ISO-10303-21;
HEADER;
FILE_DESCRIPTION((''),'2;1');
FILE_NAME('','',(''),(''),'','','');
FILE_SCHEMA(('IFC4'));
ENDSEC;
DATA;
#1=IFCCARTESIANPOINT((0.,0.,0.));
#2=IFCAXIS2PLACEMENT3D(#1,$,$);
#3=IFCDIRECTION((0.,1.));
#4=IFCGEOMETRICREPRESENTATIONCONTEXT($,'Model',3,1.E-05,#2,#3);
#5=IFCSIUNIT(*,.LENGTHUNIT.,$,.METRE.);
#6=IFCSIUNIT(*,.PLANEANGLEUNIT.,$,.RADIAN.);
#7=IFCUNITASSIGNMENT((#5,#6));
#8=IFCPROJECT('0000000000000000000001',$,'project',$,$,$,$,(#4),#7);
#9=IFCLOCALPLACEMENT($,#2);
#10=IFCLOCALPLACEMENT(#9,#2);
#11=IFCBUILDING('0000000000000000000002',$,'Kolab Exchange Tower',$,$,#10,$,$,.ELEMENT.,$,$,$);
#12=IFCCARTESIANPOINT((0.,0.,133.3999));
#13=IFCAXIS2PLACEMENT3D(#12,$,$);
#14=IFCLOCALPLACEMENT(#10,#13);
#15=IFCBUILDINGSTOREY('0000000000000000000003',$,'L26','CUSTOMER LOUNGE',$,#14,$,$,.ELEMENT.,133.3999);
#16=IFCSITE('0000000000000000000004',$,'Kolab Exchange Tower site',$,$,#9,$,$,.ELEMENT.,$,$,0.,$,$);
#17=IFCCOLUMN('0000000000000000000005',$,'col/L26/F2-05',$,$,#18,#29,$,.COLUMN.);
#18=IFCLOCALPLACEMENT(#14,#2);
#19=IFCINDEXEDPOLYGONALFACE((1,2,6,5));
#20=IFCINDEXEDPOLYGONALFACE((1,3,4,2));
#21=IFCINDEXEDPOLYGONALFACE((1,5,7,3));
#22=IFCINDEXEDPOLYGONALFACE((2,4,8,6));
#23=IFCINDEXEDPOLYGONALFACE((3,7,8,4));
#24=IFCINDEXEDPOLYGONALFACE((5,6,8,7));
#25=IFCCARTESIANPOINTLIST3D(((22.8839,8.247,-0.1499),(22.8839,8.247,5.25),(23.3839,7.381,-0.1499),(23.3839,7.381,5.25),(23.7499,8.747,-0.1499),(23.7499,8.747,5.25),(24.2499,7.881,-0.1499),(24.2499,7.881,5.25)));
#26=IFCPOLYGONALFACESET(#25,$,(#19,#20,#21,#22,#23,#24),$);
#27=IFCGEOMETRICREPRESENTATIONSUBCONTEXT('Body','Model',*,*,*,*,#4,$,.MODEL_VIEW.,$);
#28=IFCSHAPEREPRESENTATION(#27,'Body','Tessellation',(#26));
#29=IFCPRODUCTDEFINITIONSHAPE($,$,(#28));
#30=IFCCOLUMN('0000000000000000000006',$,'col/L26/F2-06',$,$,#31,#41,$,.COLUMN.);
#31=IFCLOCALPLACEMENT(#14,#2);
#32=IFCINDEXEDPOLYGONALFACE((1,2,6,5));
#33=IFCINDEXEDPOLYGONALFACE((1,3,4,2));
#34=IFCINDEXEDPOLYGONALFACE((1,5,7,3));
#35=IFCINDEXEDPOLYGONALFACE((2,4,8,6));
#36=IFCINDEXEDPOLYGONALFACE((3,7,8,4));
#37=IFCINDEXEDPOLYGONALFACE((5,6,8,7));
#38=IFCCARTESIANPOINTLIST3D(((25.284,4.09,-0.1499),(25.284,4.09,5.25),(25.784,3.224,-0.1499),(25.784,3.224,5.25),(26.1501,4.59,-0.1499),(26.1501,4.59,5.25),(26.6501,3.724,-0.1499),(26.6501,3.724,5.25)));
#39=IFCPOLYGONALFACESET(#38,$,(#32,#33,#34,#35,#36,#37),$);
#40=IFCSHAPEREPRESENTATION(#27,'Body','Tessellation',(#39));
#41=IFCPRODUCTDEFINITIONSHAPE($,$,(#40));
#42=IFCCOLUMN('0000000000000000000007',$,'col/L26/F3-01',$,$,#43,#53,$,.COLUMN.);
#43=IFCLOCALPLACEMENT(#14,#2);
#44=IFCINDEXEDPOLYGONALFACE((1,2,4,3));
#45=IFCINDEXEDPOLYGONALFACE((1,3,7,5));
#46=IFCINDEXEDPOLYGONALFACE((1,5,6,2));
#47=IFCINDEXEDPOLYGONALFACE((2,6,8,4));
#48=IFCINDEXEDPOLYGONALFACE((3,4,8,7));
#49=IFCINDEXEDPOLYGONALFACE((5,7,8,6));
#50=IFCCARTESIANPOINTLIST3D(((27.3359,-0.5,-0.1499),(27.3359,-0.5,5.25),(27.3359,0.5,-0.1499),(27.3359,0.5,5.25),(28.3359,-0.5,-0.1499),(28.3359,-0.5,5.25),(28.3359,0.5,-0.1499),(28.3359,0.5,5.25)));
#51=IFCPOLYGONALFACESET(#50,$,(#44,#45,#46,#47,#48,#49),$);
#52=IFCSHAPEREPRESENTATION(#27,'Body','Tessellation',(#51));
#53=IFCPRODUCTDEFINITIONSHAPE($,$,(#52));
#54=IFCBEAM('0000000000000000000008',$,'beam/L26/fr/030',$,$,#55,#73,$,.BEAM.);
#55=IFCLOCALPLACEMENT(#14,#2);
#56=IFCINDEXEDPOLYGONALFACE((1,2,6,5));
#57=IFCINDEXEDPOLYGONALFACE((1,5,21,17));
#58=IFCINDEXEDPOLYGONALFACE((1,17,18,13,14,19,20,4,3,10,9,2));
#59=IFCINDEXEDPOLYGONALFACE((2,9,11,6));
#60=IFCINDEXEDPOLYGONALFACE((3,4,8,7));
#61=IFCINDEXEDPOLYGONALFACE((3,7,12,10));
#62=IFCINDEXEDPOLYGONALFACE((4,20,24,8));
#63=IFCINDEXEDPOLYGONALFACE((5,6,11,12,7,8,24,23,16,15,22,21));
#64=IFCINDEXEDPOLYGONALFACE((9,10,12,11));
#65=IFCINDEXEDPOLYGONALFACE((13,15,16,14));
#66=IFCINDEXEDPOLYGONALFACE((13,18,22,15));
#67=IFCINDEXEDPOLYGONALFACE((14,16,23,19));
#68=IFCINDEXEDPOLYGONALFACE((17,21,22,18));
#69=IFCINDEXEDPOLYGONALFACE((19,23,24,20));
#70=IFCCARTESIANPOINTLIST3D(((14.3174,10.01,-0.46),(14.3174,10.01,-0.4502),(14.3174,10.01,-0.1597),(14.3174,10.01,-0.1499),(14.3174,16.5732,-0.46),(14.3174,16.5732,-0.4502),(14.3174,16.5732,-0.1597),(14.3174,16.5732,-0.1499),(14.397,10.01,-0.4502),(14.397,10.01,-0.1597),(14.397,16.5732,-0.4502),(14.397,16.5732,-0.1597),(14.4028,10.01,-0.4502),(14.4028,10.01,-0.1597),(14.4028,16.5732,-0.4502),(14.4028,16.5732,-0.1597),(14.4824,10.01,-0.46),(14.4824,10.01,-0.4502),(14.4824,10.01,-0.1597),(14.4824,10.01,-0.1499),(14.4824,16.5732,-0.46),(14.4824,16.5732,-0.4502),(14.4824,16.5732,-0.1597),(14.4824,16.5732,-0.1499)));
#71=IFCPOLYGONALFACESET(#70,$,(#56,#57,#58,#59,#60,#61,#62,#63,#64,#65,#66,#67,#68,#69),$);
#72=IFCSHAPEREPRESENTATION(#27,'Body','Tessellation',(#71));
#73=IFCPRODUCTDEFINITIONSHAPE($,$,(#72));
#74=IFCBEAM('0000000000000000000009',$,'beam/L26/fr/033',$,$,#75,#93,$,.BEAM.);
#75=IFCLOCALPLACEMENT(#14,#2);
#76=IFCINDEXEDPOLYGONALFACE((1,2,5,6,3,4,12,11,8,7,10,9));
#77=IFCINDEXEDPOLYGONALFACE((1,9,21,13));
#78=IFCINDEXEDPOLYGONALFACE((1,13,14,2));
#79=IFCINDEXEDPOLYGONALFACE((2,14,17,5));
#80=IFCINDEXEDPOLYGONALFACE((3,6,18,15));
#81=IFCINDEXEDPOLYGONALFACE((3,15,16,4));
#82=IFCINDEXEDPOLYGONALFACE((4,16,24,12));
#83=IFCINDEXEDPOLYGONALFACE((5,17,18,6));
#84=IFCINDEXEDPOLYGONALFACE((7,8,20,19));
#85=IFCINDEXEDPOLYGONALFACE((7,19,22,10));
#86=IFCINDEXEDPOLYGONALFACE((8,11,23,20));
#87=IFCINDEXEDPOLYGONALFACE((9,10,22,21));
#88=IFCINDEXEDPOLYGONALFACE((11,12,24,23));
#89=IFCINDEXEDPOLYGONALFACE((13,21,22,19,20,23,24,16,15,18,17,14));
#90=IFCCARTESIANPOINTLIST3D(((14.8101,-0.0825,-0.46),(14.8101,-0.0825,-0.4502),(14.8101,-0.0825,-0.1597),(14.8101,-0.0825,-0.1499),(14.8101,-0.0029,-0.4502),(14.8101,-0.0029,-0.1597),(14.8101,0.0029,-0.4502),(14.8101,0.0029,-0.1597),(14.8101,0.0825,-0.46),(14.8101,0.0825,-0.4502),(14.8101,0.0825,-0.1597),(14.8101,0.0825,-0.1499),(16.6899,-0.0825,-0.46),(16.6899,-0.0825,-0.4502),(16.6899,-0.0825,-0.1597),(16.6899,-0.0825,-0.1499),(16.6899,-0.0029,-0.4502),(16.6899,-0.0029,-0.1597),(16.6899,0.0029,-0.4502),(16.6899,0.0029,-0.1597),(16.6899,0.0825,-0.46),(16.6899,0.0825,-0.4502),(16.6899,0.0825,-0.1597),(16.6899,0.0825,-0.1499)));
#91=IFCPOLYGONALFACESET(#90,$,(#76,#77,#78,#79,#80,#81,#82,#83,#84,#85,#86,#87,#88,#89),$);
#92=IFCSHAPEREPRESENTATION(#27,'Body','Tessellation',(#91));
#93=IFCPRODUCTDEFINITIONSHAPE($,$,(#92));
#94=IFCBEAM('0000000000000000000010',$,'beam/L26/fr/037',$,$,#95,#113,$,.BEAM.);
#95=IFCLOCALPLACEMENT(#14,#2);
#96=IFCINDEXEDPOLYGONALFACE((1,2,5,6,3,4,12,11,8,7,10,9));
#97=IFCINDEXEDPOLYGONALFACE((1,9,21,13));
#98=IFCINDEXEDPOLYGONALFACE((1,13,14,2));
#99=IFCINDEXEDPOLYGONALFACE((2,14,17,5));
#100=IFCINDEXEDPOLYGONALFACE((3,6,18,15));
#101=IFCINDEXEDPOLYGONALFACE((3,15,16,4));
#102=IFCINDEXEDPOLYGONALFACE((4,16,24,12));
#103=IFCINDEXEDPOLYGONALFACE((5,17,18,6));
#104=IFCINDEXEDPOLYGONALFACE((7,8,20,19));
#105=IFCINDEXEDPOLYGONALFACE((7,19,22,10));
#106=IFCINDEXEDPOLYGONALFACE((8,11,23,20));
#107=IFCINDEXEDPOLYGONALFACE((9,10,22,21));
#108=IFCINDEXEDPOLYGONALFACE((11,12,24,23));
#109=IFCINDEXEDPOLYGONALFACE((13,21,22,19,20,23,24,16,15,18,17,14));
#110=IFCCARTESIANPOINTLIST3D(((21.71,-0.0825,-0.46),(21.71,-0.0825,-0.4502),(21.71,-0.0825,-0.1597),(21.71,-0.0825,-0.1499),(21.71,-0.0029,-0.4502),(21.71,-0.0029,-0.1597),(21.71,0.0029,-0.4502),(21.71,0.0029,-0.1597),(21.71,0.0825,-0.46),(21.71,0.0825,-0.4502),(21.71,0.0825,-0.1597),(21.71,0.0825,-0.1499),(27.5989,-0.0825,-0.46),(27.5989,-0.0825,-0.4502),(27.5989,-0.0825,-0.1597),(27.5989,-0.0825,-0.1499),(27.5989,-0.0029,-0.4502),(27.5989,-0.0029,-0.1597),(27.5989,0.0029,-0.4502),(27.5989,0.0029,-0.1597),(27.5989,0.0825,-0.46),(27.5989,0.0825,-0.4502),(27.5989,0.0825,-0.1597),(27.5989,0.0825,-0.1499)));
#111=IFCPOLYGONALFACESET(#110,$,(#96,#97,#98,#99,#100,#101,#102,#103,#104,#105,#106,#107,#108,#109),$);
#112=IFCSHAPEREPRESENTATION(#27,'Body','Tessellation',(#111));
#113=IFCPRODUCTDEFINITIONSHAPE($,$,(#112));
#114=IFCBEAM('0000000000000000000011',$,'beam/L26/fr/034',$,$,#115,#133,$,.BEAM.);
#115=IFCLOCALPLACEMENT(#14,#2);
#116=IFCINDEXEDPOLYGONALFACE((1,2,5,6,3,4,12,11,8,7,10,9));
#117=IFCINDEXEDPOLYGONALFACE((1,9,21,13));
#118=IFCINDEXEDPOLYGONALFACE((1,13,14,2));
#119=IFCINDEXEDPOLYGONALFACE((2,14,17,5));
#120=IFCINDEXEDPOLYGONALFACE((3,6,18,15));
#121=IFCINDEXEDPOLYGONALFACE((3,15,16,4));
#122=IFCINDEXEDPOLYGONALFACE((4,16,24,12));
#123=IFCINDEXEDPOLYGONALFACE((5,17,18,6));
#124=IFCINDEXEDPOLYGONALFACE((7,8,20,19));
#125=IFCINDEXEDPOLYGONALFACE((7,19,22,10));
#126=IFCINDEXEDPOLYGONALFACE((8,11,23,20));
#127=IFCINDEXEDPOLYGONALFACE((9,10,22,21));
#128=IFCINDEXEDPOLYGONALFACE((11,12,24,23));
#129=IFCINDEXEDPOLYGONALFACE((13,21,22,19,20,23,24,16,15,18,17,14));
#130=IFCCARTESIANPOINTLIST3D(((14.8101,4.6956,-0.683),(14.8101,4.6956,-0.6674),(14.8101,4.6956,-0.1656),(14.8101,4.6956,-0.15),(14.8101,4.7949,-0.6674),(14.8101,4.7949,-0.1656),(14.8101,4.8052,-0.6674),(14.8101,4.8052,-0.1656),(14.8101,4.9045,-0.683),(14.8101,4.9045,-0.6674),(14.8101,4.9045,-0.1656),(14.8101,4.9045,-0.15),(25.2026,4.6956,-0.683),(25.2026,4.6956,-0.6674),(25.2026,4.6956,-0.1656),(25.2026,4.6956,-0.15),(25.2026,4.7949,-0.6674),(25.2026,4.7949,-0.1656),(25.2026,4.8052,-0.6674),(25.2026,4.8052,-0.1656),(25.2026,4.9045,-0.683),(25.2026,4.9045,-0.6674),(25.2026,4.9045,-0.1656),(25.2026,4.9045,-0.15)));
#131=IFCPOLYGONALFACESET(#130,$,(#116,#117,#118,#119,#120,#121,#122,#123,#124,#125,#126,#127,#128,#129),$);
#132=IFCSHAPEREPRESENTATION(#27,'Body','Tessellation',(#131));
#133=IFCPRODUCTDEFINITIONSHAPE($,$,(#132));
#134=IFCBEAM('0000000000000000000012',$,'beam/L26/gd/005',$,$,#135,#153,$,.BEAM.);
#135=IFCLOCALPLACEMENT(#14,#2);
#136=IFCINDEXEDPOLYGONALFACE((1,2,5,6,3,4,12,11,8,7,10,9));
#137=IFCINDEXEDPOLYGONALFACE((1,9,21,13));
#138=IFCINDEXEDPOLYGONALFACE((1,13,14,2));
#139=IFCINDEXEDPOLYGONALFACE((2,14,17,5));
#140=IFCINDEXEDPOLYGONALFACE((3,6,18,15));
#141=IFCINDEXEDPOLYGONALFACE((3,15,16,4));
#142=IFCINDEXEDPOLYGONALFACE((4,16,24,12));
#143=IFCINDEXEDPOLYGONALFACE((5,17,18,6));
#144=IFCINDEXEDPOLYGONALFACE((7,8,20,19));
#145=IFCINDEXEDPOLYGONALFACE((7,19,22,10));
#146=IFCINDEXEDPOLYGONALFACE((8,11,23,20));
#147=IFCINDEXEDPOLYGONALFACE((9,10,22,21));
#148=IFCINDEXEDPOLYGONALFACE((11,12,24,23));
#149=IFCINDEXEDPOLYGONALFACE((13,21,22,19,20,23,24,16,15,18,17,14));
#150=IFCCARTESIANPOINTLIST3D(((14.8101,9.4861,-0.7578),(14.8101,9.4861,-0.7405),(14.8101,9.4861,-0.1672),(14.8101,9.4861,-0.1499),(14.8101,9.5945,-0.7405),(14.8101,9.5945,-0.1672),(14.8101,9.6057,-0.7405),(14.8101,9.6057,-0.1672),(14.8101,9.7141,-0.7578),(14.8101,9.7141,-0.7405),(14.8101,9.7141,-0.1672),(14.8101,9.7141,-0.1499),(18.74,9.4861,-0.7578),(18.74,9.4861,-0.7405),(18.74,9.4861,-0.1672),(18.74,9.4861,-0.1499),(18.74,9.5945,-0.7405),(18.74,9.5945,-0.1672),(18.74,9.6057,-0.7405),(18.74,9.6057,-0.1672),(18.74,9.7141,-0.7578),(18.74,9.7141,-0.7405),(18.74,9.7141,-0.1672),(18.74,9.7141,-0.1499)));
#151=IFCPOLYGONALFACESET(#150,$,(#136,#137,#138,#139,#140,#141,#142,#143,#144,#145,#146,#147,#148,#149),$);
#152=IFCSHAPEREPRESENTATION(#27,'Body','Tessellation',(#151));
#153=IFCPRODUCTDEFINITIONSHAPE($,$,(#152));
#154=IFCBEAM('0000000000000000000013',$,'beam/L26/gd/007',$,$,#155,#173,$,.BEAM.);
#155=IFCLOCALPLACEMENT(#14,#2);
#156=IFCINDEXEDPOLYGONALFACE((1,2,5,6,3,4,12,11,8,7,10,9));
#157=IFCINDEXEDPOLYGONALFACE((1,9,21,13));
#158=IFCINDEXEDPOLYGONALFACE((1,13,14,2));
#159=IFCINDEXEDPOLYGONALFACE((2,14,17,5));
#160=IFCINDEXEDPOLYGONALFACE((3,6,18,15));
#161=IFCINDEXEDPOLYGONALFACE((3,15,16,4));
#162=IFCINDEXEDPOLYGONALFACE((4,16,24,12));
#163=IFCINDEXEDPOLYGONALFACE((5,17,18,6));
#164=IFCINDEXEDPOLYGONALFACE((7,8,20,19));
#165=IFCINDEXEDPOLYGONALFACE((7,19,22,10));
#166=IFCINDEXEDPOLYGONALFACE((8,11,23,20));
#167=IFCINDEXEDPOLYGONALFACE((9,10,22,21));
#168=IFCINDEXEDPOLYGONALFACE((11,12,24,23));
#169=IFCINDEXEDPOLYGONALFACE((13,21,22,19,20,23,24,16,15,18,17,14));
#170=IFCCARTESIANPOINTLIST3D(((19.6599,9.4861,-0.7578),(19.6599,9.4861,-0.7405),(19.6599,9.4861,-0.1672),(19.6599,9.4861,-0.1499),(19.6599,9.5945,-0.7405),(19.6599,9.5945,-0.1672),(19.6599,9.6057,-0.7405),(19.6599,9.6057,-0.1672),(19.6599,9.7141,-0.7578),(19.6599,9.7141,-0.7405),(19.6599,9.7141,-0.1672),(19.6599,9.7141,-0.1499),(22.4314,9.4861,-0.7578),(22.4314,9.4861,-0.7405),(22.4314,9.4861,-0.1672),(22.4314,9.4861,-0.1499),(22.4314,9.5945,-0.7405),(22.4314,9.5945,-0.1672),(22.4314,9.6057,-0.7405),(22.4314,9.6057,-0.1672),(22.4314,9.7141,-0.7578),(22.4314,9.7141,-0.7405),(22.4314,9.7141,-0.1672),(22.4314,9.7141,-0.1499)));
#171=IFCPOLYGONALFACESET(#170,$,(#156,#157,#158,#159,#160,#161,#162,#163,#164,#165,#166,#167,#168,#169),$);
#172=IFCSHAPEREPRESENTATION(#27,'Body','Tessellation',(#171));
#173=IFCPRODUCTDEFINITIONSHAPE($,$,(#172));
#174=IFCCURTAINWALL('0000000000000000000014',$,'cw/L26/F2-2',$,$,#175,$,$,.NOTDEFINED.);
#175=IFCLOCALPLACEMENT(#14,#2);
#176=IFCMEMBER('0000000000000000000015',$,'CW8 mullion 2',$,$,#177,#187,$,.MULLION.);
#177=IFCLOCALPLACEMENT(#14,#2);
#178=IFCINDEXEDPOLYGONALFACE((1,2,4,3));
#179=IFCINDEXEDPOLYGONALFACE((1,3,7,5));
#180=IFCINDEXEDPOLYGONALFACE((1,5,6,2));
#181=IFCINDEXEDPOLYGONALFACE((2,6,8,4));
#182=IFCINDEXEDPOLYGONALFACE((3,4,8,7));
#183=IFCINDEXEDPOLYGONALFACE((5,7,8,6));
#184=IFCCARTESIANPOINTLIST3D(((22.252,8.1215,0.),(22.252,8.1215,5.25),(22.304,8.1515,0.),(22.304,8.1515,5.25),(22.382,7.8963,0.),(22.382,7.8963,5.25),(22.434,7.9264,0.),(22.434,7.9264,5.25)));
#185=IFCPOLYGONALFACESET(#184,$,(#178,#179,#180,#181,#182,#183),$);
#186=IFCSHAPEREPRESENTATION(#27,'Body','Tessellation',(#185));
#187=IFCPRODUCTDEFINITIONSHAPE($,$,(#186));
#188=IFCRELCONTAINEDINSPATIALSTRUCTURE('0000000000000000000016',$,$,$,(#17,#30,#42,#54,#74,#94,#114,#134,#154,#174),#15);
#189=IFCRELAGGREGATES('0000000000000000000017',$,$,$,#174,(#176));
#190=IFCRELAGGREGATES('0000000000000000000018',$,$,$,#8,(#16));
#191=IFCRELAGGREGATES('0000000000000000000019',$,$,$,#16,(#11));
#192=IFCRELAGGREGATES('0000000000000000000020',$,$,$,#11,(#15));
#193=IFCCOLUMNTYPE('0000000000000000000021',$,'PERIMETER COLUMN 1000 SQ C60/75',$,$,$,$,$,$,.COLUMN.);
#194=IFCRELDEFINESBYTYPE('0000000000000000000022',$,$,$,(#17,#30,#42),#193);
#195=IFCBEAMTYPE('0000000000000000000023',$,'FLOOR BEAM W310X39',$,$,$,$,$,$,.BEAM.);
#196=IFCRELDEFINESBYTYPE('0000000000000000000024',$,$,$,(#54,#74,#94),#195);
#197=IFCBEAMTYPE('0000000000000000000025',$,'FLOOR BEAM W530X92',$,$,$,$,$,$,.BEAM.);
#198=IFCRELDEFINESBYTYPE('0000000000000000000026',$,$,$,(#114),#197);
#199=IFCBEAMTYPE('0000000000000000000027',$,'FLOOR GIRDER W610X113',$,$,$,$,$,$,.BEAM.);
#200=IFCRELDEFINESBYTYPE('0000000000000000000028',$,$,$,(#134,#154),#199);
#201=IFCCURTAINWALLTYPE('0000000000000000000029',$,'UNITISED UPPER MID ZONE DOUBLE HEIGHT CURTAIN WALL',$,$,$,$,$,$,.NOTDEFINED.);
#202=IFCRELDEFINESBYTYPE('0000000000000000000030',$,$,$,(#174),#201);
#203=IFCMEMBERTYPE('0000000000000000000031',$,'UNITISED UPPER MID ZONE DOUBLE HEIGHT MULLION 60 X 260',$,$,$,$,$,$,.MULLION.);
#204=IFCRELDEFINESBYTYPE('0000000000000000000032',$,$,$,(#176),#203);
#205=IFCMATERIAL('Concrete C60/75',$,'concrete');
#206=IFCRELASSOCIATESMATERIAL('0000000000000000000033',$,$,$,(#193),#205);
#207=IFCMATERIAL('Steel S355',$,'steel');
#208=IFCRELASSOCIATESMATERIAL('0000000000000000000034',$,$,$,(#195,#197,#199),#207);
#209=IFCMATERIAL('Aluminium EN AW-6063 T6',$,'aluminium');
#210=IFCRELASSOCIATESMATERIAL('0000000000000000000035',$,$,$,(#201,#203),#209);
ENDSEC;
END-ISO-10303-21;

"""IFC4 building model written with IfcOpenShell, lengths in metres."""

from ifc_helpers import new_model, si_unit, direction, frame, origin, origin_2d, place, context, subcontext, project, spatial, rectangle, i_section, extrude, material, material_profile, profile_set, type_object, element, aggregate, save


model = new_model("IFC4")

# Units and contexts
model_context = context("Model", 3, precision=1e-05, world=origin(), true_north=direction((0.0, 1.0)))
body_context = subcontext(model_context, "Body", "Model", "MODEL_VIEW")
ifc_project = project(units=[si_unit("LENGTHUNIT", "METRE"), si_unit("PLANEANGLEUNIT", "RADIAN")], contexts=[model_context])

# Site, building, storey
site_placement = place(None, origin())
site = spatial("IfcSite", under=ifc_project, at=site_placement, Name="Kolab Exchange Tower site", CompositionType="ELEMENT", RefElevation=0.0)
building_placement = place(site_placement, origin())
building = spatial("IfcBuilding", under=site, at=building_placement, Name="Kolab Exchange Tower", CompositionType="ELEMENT")
storey_placement = place(building_placement, frame((0.0, 0.0, 133.3999)))
storey = spatial("IfcBuildingStorey", under=building, at=storey_placement, Name="L26", Description="CUSTOMER LOUNGE", CompositionType="ELEMENT", Elevation=133.3999)

# Columns
ifc_material_1 = material(Name="Concrete C60/75", Category="concrete")
ifc_material_profile_1 = material_profile(ifc_material_1, rectangle(XDim=1.0, YDim=1.0, at=origin_2d()), Name="RC1000")
ifc_profile_set_1 = profile_set([ifc_material_profile_1], Name="Concrete C60/75")
column_type = type_object("IfcColumnType", Name="PERIMETER COLUMN 1000 SQ C60/75", PredefinedType="COLUMN", material=ifc_profile_set_1)
for number, where, z_axis, x_axis, name in (
    (1, (23.5669, 8.064, -0.1499), (0.0, 0.0, 1.0), (0.866025, 0.5, 0.0), "col/L26/F2-05"),
    (2, (25.967, 3.907, -0.1499), (0.0, 0.0, 1.0), (0.866025, 0.5, 0.0), "col/L26/F2-06"),
    (3, (27.8359, 0.0, -0.1499), (0.0, 0.0, 1.0), (1.0, 0.0, 0.0), "col/L26/F3-01"),
):
    element("IfcColumn", number, at=place(storey_placement, frame(where, z_axis=z_axis, x_axis=x_axis)), inside=storey, type_object=column_type, Name=name, PredefinedType="COLUMN", context=body_context, shape_type="SweptSolid", body=[
        extrude(rectangle(XDim=1.0, YDim=1.0, at=origin_2d()), origin(), (0.0, 0.0, 1.0), 5.3999),
    ])

# Beams
ifc_material_2 = material(Name="Steel S355", Category="steel")
ifc_material_profile_2 = material_profile(ifc_material_2, i_section(OverallWidth=0.165, OverallDepth=0.3101, WebThickness=0.0059, FlangeThickness=0.0098, at=origin_2d()), Name="W310X39")
ifc_profile_set_2 = profile_set([ifc_material_profile_2], Name="Steel S355")
beam_type_1 = type_object("IfcBeamType", Name="FLOOR BEAM W310X39", PredefinedType="BEAM", material=ifc_profile_set_2)
beam_1_placement = place(storey_placement, frame((14.3999, 10.01, -0.3049), z_axis=(0.0, 1.0, 0.0), x_axis=(-1.0, 0.0, 0.0)))
element("IfcBeam", 4, at=beam_1_placement, inside=storey, type_object=beam_type_1, Name="beam/L26/fr/030", PredefinedType="BEAM", context=body_context, shape_type="SweptSolid", body=[
    extrude(i_section(OverallWidth=0.165, OverallDepth=0.3101, WebThickness=0.0059, FlangeThickness=0.0098, at=origin_2d()), origin(), (0.0, 0.0, 1.0), 6.5632),
])
beam_2_placement = place(storey_placement, frame((14.8101, 0.0, -0.3049), z_axis=(1.0, 0.0, 0.0), x_axis=(0.0, 1.0, 0.0)))
element("IfcBeam", 5, at=beam_2_placement, inside=storey, type_object=beam_type_1, Name="beam/L26/fr/033", PredefinedType="BEAM", context=body_context, shape_type="SweptSolid", body=[
    extrude(i_section(OverallWidth=0.165, OverallDepth=0.3101, WebThickness=0.0059, FlangeThickness=0.0098, at=origin_2d()), origin(), (0.0, 0.0, 1.0), 1.8799),
])
beam_3_placement = place(storey_placement, frame((21.71, 0.0, -0.3049), z_axis=(1.0, 0.0, 0.0), x_axis=(0.0, 1.0, 0.0)))
element("IfcBeam", 6, at=beam_3_placement, inside=storey, type_object=beam_type_1, Name="beam/L26/fr/037", PredefinedType="BEAM", context=body_context, shape_type="SweptSolid", body=[
    extrude(i_section(OverallWidth=0.165, OverallDepth=0.3101, WebThickness=0.0059, FlangeThickness=0.0098, at=origin_2d()), origin(), (0.0, 0.0, 1.0), 5.8889),
])
ifc_material_profile_3 = material_profile(ifc_material_2, i_section(OverallWidth=0.209, OverallDepth=0.533, WebThickness=0.0103, FlangeThickness=0.0156, at=origin_2d()), Name="W530X92")
ifc_profile_set_3 = profile_set([ifc_material_profile_3], Name="Steel S355")
beam_type_2 = type_object("IfcBeamType", Name="FLOOR BEAM W530X92", PredefinedType="BEAM", material=ifc_profile_set_3)
beam_4_placement = place(storey_placement, frame((14.8101, 4.8, -0.4165), z_axis=(1.0, 0.0, 0.0), x_axis=(0.0, 1.0, 0.0)))
element("IfcBeam", 7, at=beam_4_placement, inside=storey, type_object=beam_type_2, Name="beam/L26/fr/034", PredefinedType="BEAM", context=body_context, shape_type="SweptSolid", body=[
    extrude(i_section(OverallWidth=0.209, OverallDepth=0.533, WebThickness=0.0103, FlangeThickness=0.0156, at=origin_2d()), origin(), (0.0, 0.0, 1.0), 10.3926),
])
ifc_material_profile_4 = material_profile(ifc_material_2, i_section(OverallWidth=0.228, OverallDepth=0.6079, WebThickness=0.0112, FlangeThickness=0.0173, at=origin_2d()), Name="W610X113")
ifc_profile_set_4 = profile_set([ifc_material_profile_4], Name="Steel S355")
beam_type_3 = type_object("IfcBeamType", Name="FLOOR GIRDER W610X113", PredefinedType="BEAM", material=ifc_profile_set_4)
beam_5_placement = place(storey_placement, frame((14.8101, 9.6001, -0.4539), z_axis=(1.0, 0.0, 0.0), x_axis=(0.0, 1.0, 0.0)))
element("IfcBeam", 8, at=beam_5_placement, inside=storey, type_object=beam_type_3, Name="beam/L26/gd/005", PredefinedType="BEAM", context=body_context, shape_type="SweptSolid", body=[
    extrude(i_section(OverallWidth=0.228, OverallDepth=0.6079, WebThickness=0.0112, FlangeThickness=0.0173, at=origin_2d()), origin(), (0.0, 0.0, 1.0), 3.9299),
])
beam_6_placement = place(storey_placement, frame((19.6599, 9.6001, -0.4539), z_axis=(1.0, 0.0, 0.0), x_axis=(0.0, 1.0, 0.0)))
element("IfcBeam", 9, at=beam_6_placement, inside=storey, type_object=beam_type_3, Name="beam/L26/gd/007", PredefinedType="BEAM", context=body_context, shape_type="SweptSolid", body=[
    extrude(i_section(OverallWidth=0.228, OverallDepth=0.6079, WebThickness=0.0112, FlangeThickness=0.0173, at=origin_2d()), origin(), (0.0, 0.0, 1.0), 2.7715),
])

# Curtain wall, member
ifc_material_3 = material(Name="Aluminium EN AW-6063 T6", Category="aluminium")
curtain_wall_type = type_object("IfcCurtainWallType", Name="UNITISED UPPER MID ZONE DOUBLE HEIGHT CURTAIN WALL", PredefinedType="NOTDEFINED", material=ifc_material_3)
curtain_wall_1_placement = place(storey_placement, origin())
curtain_wall_1 = element("IfcCurtainWall", 10, at=curtain_wall_1_placement, inside=storey, type_object=curtain_wall_type, Name="cw/L26/F2-2", PredefinedType="NOTDEFINED")
ifc_material_profile_5 = material_profile(ifc_material_3, rectangle(XDim=0.0601, YDim=0.26, at=origin_2d()), Name="RECT 60X260")
ifc_profile_set_5 = profile_set([ifc_material_profile_5], Name="Aluminium EN AW-6063 T6")
member_type_1 = type_object("IfcMemberType", Name="UNITISED UPPER MID ZONE DOUBLE HEIGHT MULLION 60 X 260", PredefinedType="MULLION", material=ifc_profile_set_5)
member_1_placement = place(storey_placement, frame((22.343, 8.0239, 0.0), z_axis=(0.0, 0.0, 1.0), x_axis=(0.866025, 0.5, 0.0)))
member_1 = element("IfcMember", 11, at=member_1_placement, type_object=member_type_1, Name="CW8 mullion 2", PredefinedType="MULLION", context=body_context, shape_type="SweptSolid", body=[
    extrude(rectangle(XDim=0.0601, YDim=0.26, at=origin_2d()), origin(), (0.0, 0.0, 1.0), 5.25),
])

aggregate(curtain_wall_1, [member_1])

save(model, "model.ifc")
